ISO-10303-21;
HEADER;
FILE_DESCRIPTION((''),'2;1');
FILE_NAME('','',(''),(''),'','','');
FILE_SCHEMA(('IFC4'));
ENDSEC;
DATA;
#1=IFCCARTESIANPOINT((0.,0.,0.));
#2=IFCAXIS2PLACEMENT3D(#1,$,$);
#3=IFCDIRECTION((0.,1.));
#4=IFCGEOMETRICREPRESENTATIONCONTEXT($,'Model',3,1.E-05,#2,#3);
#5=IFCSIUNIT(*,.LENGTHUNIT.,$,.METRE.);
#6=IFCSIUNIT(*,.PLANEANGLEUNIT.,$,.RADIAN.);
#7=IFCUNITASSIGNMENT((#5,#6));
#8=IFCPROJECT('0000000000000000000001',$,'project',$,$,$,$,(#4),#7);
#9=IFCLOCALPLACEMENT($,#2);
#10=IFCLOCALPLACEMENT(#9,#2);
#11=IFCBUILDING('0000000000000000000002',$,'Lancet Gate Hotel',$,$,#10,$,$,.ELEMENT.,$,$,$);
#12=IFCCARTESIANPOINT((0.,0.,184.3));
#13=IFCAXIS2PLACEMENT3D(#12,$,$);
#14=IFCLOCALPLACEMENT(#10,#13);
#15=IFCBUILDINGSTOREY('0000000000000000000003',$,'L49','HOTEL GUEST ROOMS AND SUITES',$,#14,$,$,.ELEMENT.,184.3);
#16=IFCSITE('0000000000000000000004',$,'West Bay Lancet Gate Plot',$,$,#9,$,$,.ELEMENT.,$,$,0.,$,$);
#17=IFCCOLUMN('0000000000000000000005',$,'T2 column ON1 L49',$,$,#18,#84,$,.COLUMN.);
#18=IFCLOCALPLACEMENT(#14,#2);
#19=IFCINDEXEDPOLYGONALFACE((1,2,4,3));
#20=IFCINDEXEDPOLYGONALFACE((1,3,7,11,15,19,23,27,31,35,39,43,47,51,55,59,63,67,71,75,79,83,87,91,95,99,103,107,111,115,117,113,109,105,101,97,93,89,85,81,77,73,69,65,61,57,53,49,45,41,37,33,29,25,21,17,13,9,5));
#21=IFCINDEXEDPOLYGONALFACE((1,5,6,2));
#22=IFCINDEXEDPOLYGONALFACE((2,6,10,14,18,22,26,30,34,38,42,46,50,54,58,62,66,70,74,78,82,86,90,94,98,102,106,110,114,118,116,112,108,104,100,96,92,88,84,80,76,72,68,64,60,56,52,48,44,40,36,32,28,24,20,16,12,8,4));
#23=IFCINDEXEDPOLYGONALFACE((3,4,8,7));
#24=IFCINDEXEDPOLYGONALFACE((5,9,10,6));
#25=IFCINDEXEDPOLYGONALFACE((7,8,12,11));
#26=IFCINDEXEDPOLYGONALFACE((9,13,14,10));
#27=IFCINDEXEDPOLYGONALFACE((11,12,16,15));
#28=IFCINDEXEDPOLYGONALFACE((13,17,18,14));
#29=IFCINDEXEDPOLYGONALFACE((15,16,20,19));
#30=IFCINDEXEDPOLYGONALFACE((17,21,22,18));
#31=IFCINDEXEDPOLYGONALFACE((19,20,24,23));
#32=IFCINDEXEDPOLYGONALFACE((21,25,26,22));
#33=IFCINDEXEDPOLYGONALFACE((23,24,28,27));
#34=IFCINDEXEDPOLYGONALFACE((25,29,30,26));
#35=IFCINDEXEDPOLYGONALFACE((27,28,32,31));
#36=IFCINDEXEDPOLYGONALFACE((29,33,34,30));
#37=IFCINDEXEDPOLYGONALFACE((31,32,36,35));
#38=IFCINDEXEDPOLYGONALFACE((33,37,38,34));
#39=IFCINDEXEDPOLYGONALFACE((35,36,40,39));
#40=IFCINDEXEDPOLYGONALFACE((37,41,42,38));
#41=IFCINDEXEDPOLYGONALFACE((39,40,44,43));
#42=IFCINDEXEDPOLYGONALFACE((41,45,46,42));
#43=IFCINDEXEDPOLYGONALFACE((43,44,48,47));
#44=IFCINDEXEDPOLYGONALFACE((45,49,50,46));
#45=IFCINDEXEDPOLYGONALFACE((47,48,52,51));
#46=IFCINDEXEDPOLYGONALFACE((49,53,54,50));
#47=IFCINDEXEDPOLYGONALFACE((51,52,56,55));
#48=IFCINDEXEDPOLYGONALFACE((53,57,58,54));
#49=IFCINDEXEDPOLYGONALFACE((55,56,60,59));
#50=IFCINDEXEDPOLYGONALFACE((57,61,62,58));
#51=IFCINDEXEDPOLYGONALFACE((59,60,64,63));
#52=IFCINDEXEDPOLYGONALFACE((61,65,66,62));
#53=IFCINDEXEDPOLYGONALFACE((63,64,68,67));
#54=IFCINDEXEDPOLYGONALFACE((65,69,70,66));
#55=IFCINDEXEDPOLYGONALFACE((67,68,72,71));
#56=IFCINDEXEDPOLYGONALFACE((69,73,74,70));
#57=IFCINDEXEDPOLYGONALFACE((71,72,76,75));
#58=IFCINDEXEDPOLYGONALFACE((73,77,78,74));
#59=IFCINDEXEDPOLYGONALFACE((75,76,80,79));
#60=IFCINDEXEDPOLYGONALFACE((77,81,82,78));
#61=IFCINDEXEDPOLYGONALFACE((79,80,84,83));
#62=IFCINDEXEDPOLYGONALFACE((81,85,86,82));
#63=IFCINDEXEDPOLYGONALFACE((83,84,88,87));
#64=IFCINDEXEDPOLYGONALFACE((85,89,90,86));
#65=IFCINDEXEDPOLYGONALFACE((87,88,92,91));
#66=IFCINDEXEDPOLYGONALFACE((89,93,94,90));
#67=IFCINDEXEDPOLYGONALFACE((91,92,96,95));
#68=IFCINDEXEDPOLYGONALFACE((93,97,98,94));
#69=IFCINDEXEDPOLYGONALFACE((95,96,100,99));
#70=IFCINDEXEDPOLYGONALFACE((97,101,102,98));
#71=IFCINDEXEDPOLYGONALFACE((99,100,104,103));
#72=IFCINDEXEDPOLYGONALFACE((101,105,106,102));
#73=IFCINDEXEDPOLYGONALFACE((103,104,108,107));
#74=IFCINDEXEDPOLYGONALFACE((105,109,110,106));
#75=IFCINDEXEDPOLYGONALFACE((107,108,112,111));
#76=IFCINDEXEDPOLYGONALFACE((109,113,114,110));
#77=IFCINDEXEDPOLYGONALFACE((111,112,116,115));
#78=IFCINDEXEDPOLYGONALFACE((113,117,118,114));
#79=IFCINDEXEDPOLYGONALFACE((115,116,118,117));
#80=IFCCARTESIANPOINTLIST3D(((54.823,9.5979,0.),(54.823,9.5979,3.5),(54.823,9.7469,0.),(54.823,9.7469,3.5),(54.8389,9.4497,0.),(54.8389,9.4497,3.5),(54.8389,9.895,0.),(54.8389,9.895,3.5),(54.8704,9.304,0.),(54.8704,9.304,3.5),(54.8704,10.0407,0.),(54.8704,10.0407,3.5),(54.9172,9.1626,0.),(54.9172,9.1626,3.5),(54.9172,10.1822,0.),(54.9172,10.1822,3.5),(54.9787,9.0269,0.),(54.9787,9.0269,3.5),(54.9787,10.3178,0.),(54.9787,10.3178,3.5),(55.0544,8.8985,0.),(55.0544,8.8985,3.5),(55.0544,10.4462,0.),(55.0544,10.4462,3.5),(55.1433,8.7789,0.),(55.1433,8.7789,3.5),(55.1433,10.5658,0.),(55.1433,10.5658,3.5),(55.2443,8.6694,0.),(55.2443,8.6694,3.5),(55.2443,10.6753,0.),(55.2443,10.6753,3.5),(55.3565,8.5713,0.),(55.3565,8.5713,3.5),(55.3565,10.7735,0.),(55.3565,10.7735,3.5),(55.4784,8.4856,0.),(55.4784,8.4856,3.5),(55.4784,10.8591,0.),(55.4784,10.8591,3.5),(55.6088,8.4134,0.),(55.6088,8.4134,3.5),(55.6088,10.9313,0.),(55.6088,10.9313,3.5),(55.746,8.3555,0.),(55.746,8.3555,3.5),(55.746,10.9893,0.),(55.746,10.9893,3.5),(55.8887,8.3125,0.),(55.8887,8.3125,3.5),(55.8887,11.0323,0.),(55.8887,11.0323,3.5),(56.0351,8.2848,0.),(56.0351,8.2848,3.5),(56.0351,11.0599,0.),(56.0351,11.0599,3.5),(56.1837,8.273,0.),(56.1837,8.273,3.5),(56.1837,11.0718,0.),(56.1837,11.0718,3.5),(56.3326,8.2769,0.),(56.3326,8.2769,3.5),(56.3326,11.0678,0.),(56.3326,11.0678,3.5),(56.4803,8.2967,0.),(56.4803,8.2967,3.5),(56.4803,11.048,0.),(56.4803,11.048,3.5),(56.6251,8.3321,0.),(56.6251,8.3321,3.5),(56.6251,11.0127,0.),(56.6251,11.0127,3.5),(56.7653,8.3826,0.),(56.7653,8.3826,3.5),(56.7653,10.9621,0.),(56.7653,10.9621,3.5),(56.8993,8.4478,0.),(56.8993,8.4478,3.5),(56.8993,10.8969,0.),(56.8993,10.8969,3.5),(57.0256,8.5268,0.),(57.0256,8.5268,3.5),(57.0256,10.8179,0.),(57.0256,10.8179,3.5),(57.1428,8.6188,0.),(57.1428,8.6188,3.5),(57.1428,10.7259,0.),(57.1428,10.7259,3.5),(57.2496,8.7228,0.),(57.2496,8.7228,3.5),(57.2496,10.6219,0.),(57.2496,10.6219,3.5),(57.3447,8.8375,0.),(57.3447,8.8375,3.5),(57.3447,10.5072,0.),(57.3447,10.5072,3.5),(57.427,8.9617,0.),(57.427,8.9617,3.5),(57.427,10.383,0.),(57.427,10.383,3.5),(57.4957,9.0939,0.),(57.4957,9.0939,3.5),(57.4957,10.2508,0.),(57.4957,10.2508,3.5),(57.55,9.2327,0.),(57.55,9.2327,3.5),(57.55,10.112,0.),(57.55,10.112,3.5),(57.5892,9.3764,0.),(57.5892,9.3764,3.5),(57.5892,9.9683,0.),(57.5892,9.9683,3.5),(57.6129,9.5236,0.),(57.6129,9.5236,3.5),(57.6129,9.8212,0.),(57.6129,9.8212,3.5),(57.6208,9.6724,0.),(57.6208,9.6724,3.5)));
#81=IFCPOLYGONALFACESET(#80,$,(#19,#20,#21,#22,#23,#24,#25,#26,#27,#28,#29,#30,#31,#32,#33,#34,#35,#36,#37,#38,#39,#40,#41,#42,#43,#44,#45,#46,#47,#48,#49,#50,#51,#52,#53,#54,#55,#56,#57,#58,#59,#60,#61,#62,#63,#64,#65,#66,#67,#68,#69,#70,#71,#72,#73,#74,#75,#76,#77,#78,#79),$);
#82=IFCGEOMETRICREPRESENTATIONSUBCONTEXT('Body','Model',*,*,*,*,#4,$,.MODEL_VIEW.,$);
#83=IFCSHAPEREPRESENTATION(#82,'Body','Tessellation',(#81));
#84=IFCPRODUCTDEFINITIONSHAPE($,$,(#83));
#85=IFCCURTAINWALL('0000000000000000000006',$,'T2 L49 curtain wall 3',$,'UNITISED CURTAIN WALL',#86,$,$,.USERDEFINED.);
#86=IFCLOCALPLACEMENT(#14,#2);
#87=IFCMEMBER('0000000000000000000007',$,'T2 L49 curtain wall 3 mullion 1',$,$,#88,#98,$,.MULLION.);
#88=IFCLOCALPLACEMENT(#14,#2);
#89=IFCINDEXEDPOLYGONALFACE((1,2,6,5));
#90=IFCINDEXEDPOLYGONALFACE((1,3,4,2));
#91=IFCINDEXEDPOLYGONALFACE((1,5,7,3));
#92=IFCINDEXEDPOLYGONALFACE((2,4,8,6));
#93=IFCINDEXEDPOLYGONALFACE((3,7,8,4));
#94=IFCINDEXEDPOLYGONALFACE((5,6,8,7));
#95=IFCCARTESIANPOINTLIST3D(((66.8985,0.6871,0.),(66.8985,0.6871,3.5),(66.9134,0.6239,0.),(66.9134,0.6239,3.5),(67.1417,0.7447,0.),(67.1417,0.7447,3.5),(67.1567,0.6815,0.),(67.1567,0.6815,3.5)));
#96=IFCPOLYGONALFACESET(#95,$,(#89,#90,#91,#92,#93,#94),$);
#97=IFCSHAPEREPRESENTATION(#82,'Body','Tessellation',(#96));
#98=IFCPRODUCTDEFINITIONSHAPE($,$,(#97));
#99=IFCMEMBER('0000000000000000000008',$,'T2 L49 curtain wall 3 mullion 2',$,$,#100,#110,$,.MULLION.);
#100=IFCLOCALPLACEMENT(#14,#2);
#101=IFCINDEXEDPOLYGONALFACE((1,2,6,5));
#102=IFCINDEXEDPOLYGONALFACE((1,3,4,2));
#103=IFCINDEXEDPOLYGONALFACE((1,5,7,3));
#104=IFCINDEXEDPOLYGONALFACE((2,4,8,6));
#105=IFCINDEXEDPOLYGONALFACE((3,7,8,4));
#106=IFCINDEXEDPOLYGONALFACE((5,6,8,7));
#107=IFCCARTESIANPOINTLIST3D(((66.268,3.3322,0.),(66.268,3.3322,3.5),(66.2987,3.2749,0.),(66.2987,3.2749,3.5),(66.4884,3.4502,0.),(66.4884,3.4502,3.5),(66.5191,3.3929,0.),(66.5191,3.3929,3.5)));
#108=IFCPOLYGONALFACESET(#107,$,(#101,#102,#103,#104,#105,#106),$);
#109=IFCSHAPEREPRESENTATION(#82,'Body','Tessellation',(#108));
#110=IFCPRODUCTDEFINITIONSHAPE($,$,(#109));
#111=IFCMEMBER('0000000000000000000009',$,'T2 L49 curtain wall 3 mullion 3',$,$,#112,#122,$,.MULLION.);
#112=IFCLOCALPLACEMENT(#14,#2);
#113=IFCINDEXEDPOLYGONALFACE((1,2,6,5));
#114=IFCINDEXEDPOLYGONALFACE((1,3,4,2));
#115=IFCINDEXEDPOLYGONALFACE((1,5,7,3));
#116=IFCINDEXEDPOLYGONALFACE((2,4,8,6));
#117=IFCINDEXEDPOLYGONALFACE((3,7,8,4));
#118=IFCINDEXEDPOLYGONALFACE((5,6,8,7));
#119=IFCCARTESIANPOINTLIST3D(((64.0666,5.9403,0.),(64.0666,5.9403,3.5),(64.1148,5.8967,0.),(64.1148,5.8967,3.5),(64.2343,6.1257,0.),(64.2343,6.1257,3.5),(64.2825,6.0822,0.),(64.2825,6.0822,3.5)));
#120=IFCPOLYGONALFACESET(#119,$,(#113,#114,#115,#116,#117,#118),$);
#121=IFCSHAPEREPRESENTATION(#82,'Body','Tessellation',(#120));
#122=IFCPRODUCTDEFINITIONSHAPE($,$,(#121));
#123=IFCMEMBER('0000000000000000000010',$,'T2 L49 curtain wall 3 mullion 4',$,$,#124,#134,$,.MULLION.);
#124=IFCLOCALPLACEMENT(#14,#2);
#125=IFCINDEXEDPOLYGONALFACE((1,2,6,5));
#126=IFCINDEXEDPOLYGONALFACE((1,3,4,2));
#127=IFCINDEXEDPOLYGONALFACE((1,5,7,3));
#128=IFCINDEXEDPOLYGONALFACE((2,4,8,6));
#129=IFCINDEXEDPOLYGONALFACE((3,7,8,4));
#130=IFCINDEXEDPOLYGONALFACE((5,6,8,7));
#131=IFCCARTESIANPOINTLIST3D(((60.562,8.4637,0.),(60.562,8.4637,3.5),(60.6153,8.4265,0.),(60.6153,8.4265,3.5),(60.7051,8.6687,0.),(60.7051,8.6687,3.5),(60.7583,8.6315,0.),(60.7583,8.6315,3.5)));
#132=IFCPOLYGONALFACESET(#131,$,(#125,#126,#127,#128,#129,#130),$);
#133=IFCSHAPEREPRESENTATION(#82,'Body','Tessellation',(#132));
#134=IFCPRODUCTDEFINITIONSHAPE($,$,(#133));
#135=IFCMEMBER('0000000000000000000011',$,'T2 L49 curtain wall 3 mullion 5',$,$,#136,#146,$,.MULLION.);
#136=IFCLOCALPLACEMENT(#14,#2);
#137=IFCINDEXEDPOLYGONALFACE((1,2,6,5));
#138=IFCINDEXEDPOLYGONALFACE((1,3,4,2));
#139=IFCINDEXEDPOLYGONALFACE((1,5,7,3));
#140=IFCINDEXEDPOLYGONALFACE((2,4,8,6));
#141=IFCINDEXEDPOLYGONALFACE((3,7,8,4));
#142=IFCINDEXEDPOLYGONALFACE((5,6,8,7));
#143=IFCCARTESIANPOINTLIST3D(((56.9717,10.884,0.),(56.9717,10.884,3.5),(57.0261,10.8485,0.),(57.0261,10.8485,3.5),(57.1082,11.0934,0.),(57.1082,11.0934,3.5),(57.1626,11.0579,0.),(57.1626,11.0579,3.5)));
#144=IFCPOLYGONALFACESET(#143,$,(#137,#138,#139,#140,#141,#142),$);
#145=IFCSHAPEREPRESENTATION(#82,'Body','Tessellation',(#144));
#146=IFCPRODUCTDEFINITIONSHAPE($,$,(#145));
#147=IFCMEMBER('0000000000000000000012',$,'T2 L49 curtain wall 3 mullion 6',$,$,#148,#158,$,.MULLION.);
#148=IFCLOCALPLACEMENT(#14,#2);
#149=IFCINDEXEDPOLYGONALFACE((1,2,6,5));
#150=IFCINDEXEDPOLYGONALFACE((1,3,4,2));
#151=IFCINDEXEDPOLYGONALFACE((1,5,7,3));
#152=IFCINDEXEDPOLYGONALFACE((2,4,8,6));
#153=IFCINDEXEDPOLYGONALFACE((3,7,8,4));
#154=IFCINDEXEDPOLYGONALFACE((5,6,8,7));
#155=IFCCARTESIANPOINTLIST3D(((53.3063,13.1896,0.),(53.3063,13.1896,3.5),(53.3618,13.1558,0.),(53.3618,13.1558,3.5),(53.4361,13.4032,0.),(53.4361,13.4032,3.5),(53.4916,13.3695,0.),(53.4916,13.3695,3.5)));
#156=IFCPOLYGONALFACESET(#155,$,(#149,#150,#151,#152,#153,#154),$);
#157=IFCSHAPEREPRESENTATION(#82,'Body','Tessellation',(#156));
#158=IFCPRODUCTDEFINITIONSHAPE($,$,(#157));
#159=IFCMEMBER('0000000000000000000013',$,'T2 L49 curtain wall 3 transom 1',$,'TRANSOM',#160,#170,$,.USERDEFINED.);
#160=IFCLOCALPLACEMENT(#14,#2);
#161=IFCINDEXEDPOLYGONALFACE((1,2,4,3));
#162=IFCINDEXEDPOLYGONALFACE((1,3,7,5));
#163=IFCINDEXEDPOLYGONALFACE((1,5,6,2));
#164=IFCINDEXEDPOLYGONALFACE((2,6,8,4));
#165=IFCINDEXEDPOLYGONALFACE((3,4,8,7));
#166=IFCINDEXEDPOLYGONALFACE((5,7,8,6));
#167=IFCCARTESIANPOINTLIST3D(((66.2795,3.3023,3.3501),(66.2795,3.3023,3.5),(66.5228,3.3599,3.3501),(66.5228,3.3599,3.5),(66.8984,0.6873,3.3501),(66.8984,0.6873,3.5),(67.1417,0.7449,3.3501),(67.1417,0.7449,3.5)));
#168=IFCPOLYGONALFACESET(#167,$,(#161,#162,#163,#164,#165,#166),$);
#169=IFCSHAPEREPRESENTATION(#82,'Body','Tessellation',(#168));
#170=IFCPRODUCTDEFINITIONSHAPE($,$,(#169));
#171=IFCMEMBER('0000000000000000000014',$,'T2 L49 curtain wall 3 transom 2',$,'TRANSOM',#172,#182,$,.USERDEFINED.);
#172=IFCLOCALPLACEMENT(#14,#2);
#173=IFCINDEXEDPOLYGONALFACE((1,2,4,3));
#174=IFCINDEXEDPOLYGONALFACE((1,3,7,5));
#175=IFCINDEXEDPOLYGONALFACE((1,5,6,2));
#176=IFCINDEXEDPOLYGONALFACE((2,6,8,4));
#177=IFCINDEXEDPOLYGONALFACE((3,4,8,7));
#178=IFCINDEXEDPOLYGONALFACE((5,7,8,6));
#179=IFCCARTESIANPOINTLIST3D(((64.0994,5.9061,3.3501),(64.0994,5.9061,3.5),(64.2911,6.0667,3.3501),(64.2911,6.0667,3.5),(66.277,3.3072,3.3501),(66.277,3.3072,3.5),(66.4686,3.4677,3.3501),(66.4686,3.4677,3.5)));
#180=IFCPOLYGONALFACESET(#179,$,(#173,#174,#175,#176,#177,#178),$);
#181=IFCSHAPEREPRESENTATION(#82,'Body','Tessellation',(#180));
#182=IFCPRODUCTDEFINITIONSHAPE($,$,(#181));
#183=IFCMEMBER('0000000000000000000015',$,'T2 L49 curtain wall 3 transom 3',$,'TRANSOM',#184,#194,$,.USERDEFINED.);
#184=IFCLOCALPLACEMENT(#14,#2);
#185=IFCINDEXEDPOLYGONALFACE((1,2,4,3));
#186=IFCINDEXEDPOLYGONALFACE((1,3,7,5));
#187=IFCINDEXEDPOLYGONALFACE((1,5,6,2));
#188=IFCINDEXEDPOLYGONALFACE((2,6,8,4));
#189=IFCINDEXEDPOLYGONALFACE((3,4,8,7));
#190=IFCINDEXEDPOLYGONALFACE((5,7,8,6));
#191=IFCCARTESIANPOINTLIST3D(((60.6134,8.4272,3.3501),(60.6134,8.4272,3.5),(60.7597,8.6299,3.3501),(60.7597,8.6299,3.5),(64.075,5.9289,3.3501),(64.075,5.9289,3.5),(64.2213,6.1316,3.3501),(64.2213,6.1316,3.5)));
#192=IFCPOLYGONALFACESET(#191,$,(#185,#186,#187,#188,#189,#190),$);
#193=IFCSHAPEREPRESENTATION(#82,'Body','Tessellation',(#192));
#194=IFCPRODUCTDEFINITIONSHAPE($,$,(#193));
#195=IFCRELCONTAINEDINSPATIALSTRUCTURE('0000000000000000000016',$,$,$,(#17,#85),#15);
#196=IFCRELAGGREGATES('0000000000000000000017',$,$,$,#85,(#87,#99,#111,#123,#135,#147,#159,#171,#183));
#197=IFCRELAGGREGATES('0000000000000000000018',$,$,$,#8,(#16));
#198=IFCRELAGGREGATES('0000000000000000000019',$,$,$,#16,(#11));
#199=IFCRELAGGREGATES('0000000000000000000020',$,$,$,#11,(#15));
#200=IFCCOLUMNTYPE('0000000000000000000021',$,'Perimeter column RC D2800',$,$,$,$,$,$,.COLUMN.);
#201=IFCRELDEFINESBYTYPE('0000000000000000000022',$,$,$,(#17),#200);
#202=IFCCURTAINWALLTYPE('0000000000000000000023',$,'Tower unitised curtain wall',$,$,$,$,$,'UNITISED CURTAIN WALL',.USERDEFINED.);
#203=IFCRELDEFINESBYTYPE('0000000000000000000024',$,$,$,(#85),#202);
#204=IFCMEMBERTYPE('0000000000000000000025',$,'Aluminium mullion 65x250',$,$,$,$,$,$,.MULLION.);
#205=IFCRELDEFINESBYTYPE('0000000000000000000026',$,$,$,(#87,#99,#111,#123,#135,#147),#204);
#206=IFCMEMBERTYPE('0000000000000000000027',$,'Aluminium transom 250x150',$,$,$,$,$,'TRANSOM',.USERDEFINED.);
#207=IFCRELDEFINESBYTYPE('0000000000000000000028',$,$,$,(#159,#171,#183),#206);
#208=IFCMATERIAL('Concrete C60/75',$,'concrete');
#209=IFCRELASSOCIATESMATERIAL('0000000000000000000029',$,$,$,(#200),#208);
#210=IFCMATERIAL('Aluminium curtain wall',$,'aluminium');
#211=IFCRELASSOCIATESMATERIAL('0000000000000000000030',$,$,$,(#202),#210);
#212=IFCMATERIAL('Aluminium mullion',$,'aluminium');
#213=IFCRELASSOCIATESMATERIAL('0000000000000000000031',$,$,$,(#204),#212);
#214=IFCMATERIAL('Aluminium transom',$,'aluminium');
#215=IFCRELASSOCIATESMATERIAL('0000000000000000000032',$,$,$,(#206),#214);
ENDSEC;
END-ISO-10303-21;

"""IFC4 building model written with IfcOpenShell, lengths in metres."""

from ifc_helpers import new_model, si_unit, direction, frame, origin, origin_2d, place, context, subcontext, project, spatial, rectangle, circle, extrude, material, material_profile, profile_set, type_object, element, aggregate, save


model = new_model("IFC4")

# Units and contexts
model_context = context("Model", 3, precision=1e-05, world=origin(), true_north=direction((0.0, 1.0)))
body_context = subcontext(model_context, "Body", "Model", "MODEL_VIEW")
ifc_project = project(units=[si_unit("LENGTHUNIT", "METRE"), si_unit("PLANEANGLEUNIT", "RADIAN")], contexts=[model_context])

# Site, building, storey
site_placement = place(None, origin())
site = spatial("IfcSite", under=ifc_project, at=site_placement, Name="West Bay Lancet Gate Plot", CompositionType="ELEMENT", RefElevation=0.0)
building_placement = place(site_placement, origin())
building = spatial("IfcBuilding", under=site, at=building_placement, Name="Lancet Gate Hotel", CompositionType="ELEMENT")
storey_placement = place(building_placement, frame((0.0, 0.0, 184.3)))
storey = spatial("IfcBuildingStorey", under=building, at=storey_placement, Name="L49", Description="HOTEL GUEST ROOMS AND SUITES", CompositionType="ELEMENT", Elevation=184.3)

# Column
ifc_material_1 = material(Name="Concrete C60/75", Category="concrete")
ifc_material_profile_1 = material_profile(ifc_material_1, circle(Radius=1.3999, at=origin_2d()), Name="RC D2800")
ifc_profile_set_1 = profile_set([ifc_material_profile_1], Name="Concrete C60/75")
column_type = type_object("IfcColumnType", Name="Perimeter column RC D2800", PredefinedType="COLUMN", material=ifc_profile_set_1)
column_placement = place(storey_placement, frame((56.2209, 9.6724, 0.0), z_axis=(0.0, 0.0, 1.0), x_axis=(1.0, 0.0, 0.0)))
element("IfcColumn", 1, at=column_placement, inside=storey, type_object=column_type, Name="T2 column ON1 L49", PredefinedType="COLUMN", context=body_context, shape_type="SweptSolid", body=[
    extrude(circle(Radius=1.3999, at=origin_2d()), origin(), (0.0, 0.0, 1.0), 3.5),
])

# Curtain wall, members
ifc_material_2 = material(Name="Aluminium curtain wall", Category="aluminium")
curtain_wall_type = type_object("IfcCurtainWallType", Name="Tower unitised curtain wall", ElementType="UNITISED CURTAIN WALL", PredefinedType="USERDEFINED", material=ifc_material_2)
curtain_wall_placement = place(storey_placement, origin())
curtain_wall = element("IfcCurtainWall", 2, at=curtain_wall_placement, inside=storey, type_object=curtain_wall_type, Name="T2 L49 curtain wall 3", ObjectType="UNITISED CURTAIN WALL", PredefinedType="USERDEFINED")
ifc_material_3 = material(Name="Aluminium mullion", Category="aluminium")
ifc_material_profile_2 = material_profile(ifc_material_3, rectangle(XDim=0.0649, YDim=0.25, at=origin_2d()), Name="MULLION 65x250")
ifc_profile_set_2 = profile_set([ifc_material_profile_2], Name="Aluminium mullion")
member_type_1 = type_object("IfcMemberType", Name="Aluminium mullion 65x250", PredefinedType="MULLION", material=ifc_profile_set_2)
member_1_placement = place(storey_placement, frame((67.0276, 0.6843, 0.0), z_axis=(0.0, 0.0, 1.0), x_axis=(-0.230367, 0.973104, 0.0)))
member_1 = element("IfcMember", 3, at=member_1_placement, type_object=member_type_1, Name="T2 L49 curtain wall 3 mullion 1", PredefinedType="MULLION", context=body_context, shape_type="SweptSolid", body=[
    extrude(rectangle(XDim=0.0649, YDim=0.25, at=origin_2d()), origin(), (0.0, 0.0, 1.0), 3.5),
])
member_2_placement = place(storey_placement, frame((66.3936, 3.3625, 0.0), z_axis=(0.0, 0.0, 1.0), x_axis=(-0.472146, 0.88152, 0.0)))
member_2 = element("IfcMember", 4, at=member_2_placement, type_object=member_type_1, Name="T2 L49 curtain wall 3 mullion 2", PredefinedType="MULLION", context=body_context, shape_type="SweptSolid", body=[
    extrude(rectangle(XDim=0.0649, YDim=0.25, at=origin_2d()), origin(), (0.0, 0.0, 1.0), 3.5),
])
member_3_placement = place(storey_placement, frame((64.1746, 6.0112, 0.0), z_axis=(0.0, 0.0, 1.0), x_axis=(-0.741693, 0.670739, 0.0)))
member_3 = element("IfcMember", 5, at=member_3_placement, type_object=member_type_1, Name="T2 L49 curtain wall 3 mullion 3", PredefinedType="MULLION", context=body_context, shape_type="SweptSolid", body=[
    extrude(rectangle(XDim=0.0649, YDim=0.25, at=origin_2d()), origin(), (0.0, 0.0, 1.0), 3.5),
])
member_4_placement = place(storey_placement, frame((60.6602, 8.5476, 0.0), z_axis=(0.0, 0.0, 1.0), x_axis=(-0.820068, 0.572266, 0.0)))
member_4 = element("IfcMember", 6, at=member_4_placement, type_object=member_type_1, Name="T2 L49 curtain wall 3 mullion 4", PredefinedType="MULLION", context=body_context, shape_type="SweptSolid", body=[
    extrude(rectangle(XDim=0.0649, YDim=0.25, at=origin_2d()), origin(), (0.0, 0.0, 1.0), 3.5),
])
member_5_placement = place(storey_placement, frame((57.0671, 10.9709, 0.0), z_axis=(0.0, 0.0, 1.0), x_axis=(-0.837801, 0.545976, 0.0)))
member_5 = element("IfcMember", 7, at=member_5_placement, type_object=member_type_1, Name="T2 L49 curtain wall 3 mullion 5", PredefinedType="MULLION", context=body_context, shape_type="SweptSolid", body=[
    extrude(rectangle(XDim=0.0649, YDim=0.25, at=origin_2d()), origin(), (0.0, 0.0, 1.0), 3.5),
])
member_6_placement = place(storey_placement, frame((53.3989, 13.2795, 0.0), z_axis=(0.0, 0.0, 1.0), x_axis=(-0.854691, 0.519137, 0.0)))
member_6 = element("IfcMember", 8, at=member_6_placement, type_object=member_type_1, Name="T2 L49 curtain wall 3 mullion 6", PredefinedType="MULLION", context=body_context, shape_type="SweptSolid", body=[
    extrude(rectangle(XDim=0.0649, YDim=0.25, at=origin_2d()), origin(), (0.0, 0.0, 1.0), 3.5),
])
ifc_material_4 = material(Name="Aluminium transom", Category="aluminium")
ifc_material_profile_3 = material_profile(ifc_material_4, rectangle(XDim=0.25, YDim=0.1499, at=origin_2d()), Name="TRANSOM 250x150")
ifc_profile_set_3 = profile_set([ifc_material_profile_3], Name="Aluminium transom")
member_type_2 = type_object("IfcMemberType", Name="Aluminium transom 250x150", ElementType="TRANSOM", PredefinedType="USERDEFINED", material=ifc_profile_set_3)
member_7_placement = place(storey_placement, frame((67.02, 0.7161, 3.425), z_axis=(-0.23031, 0.973117, 0.0), x_axis=(-0.973117, -0.23031, 0.0)))
member_7 = element("IfcMember", 9, at=member_7_placement, type_object=member_type_2, Name="T2 L49 curtain wall 3 transom 1", ObjectType="TRANSOM", PredefinedType="USERDEFINED", context=body_context, shape_type="SweptSolid", body=[
    extrude(rectangle(XDim=0.25, YDim=0.1499, at=origin_2d()), origin(), (0.0, 0.0, 1.0), 2.6873),
])
member_8_placement = place(storey_placement, frame((66.3728, 3.3875, 3.425), z_axis=(-0.642229, 0.766513, 0.0), x_axis=(-0.766513, -0.642229, 0.0)))
member_8 = element("IfcMember", 10, at=member_8_placement, type_object=member_type_2, Name="T2 L49 curtain wall 3 transom 2", ObjectType="TRANSOM", PredefinedType="USERDEFINED", context=body_context, shape_type="SweptSolid", body=[
    extrude(rectangle(XDim=0.25, YDim=0.1499, at=origin_2d()), origin(), (0.0, 0.0, 1.0), 3.3906),
])
member_9_placement = place(storey_placement, frame((64.1482, 6.0303, 3.425), z_axis=(-0.81088, 0.585213, 0.0), x_axis=(-0.585213, -0.81088, 0.0)))
member_9 = element("IfcMember", 11, at=member_9_placement, type_object=member_type_2, Name="T2 L49 curtain wall 3 transom 3", ObjectType="TRANSOM", PredefinedType="USERDEFINED", context=body_context, shape_type="SweptSolid", body=[
    extrude(rectangle(XDim=0.25, YDim=0.1499, at=origin_2d()), origin(), (0.0, 0.0, 1.0), 4.269),
])

aggregate(curtain_wall, [member_1, member_2, member_3, member_4, member_5, member_6, member_7, member_8, member_9])

save(model, "model.ifc")
